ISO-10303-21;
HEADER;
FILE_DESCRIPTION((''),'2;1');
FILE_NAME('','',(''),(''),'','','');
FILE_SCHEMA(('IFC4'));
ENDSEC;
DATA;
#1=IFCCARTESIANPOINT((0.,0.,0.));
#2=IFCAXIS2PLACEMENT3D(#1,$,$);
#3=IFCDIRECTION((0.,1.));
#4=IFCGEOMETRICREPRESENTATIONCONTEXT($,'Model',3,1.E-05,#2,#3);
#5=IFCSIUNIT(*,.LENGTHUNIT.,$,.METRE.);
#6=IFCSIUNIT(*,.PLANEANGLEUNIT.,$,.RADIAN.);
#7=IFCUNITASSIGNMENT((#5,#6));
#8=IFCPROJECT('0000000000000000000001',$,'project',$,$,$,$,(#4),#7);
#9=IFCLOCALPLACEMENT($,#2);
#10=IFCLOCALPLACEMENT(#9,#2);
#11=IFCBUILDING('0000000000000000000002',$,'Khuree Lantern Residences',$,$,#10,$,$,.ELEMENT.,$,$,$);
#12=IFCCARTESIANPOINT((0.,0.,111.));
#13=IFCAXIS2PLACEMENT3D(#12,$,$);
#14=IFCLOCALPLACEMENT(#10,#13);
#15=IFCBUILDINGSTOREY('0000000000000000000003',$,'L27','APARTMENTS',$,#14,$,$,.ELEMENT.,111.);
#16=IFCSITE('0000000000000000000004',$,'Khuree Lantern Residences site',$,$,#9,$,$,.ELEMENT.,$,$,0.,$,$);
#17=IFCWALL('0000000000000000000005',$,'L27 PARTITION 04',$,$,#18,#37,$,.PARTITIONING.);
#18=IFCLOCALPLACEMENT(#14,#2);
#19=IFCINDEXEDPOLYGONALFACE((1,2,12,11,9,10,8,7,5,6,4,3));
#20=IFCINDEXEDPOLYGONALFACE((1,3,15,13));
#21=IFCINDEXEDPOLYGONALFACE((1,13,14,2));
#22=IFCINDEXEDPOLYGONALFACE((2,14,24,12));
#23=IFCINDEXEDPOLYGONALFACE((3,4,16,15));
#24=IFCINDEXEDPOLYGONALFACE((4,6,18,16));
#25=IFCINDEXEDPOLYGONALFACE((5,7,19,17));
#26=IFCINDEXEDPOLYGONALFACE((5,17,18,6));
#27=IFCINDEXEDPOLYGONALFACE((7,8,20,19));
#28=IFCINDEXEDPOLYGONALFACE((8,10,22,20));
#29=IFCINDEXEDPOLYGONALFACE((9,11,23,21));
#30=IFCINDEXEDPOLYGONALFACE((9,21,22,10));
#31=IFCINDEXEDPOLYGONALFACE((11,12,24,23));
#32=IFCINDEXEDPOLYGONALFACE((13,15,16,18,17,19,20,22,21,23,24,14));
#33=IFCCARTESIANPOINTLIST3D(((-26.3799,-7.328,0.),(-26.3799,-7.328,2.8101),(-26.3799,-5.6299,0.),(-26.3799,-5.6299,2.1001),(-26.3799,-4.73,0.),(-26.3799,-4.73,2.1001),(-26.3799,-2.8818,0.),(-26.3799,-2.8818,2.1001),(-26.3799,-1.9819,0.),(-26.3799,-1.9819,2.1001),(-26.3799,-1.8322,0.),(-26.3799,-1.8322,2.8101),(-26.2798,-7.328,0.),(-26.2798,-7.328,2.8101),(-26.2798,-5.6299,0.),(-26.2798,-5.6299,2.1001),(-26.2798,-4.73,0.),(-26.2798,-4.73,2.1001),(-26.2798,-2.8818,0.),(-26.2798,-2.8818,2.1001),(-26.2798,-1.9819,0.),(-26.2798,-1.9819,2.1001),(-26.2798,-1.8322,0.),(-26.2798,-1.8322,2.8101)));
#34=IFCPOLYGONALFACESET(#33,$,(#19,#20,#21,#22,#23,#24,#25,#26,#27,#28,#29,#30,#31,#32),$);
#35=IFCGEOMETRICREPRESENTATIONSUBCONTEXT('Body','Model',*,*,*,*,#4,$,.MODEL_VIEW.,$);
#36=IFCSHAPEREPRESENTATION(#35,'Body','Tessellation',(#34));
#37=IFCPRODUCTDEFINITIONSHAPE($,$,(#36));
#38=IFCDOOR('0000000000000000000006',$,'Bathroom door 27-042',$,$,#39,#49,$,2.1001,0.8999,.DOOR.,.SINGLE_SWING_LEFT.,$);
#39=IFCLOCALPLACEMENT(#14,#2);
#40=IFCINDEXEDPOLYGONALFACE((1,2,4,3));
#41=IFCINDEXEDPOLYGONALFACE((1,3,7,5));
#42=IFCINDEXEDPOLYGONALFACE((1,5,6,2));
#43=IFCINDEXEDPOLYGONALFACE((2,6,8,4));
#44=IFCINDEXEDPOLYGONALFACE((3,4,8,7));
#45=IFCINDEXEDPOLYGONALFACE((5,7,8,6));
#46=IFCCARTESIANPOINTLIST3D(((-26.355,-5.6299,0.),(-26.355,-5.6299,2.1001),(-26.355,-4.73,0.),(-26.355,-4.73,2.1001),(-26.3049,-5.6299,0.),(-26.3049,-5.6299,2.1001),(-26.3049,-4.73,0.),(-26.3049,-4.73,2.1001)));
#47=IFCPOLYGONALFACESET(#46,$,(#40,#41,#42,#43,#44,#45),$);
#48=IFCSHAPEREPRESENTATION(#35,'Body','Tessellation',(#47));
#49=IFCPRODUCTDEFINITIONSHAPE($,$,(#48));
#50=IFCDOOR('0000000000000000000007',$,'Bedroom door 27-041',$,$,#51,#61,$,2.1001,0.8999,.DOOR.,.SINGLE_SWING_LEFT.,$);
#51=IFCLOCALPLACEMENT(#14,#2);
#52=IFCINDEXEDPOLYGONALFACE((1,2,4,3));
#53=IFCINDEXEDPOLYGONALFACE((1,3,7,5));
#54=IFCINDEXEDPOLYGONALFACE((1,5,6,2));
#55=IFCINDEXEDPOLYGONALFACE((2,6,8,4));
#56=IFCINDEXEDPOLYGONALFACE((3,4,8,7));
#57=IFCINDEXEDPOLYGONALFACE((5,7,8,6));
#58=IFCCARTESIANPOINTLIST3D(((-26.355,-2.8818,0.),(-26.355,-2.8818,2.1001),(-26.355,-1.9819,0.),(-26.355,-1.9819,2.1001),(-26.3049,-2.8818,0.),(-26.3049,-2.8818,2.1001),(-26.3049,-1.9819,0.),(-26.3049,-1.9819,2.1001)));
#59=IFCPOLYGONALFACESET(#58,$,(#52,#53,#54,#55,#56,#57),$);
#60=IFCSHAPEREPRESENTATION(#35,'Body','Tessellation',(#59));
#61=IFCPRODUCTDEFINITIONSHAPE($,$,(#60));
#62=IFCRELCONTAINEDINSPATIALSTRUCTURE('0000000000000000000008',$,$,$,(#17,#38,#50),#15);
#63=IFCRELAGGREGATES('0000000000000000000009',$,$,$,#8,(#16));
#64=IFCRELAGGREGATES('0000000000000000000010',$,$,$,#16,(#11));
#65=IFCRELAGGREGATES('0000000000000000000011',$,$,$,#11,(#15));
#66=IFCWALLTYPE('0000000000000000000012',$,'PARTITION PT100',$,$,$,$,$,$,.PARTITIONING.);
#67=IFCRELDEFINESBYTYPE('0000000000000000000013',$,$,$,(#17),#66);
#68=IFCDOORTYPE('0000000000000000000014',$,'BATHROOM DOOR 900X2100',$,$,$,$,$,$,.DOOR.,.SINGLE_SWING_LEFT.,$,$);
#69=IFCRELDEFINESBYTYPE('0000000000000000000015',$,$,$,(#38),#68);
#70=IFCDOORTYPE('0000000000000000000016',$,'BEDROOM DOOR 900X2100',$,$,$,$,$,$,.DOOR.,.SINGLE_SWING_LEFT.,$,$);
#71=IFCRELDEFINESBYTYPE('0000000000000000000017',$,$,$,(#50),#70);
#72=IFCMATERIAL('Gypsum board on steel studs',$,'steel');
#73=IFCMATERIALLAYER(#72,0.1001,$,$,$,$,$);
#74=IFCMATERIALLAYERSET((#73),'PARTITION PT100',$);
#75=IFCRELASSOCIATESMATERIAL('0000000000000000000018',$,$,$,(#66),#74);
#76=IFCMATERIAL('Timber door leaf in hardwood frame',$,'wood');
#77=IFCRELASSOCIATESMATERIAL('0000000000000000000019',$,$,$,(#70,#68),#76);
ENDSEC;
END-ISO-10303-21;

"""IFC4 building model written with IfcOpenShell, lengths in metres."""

from ifc_helpers import new_model, si_unit, direction, frame, frame_2d, origin, place, context, subcontext, project, spatial, rectangle, extrude, material, layer, layer_set, type_object, element, fill, save


model = new_model("IFC4")

# Units and contexts
model_context = context("Model", 3, precision=1e-05, world=origin(), true_north=direction((0.0, 1.0)))
body_context = subcontext(model_context, "Body", "Model", "MODEL_VIEW")
ifc_project = project(units=[si_unit("LENGTHUNIT", "METRE"), si_unit("PLANEANGLEUNIT", "RADIAN")], contexts=[model_context])

# Site, building, storey
site_placement = place(None, origin())
site = spatial("IfcSite", under=ifc_project, at=site_placement, Name="Khuree Lantern Residences site", CompositionType="ELEMENT", RefElevation=0.0)
building_placement = place(site_placement, origin())
building = spatial("IfcBuilding", under=site, at=building_placement, Name="Khuree Lantern Residences", CompositionType="ELEMENT")
storey_placement = place(building_placement, frame((0.0, 0.0, 111.0)))
storey = spatial("IfcBuildingStorey", under=building, at=storey_placement, Name="L27", Description="APARTMENTS", CompositionType="ELEMENT", Elevation=111.0)

# Shared definitions
ifc_material_1 = material(Name="Gypsum board on steel studs", Category="steel")
ifc_layer_1 = layer(ifc_material_1, 0.1001)
ifc_layer_set_1 = layer_set([ifc_layer_1], Name="PARTITION PT100")
wall_type = type_object("IfcWallType", Name="PARTITION PT100", PredefinedType="PARTITIONING", material=ifc_layer_set_1)

# Shared definitions
ifc_material_2 = material(Name="Timber door leaf in hardwood frame", Category="wood")
door_type_1 = type_object("IfcDoorType", Name="BEDROOM DOOR 900X2100", OperationType="SINGLE_SWING_LEFT", PredefinedType="DOOR", material=ifc_material_2)

# Wall, openings, doors
wall_1_placement = place(storey_placement, frame((-26.3298, -1.832, 0.0), z_axis=(0.0, 0.0, 1.0), x_axis=(0.0, -1.0, 0.0)))
wall_1 = element("IfcWall", 1, at=wall_1_placement, inside=storey, type_object=wall_type, Name="L27 PARTITION 04", PredefinedType="PARTITIONING", context=body_context, shape_type="SweptSolid", body=[
    extrude(rectangle(XDim=5.4958, YDim=0.1001, at=frame_2d((2.748, 0.0))), origin(), (0.0, 0.0, 1.0), 2.8101),
])
opening_1_placement = place(wall_1_placement, frame((0.1499, 0.0, 0.0)))
opening_1 = element("IfcOpeningElement", 2, at=opening_1_placement, cuts=wall_1, PredefinedType="OPENING", context=body_context, shape_type="SweptSolid", body=[
    extrude(rectangle(XDim=0.8999, YDim=2.1001, at=frame_2d((0.45, 1.05))), frame((0.0, 0.0601, 0.0), z_axis=(0.0, -1.0, 0.0), x_axis=(1.0, 0.0, 0.0)), (0.0, 0.0, 1.0), 0.1201),
])
opening_2_placement = place(wall_1_placement, frame((2.8979, 0.0, 0.0)))
opening_2 = element("IfcOpeningElement", 3, at=opening_2_placement, cuts=wall_1, PredefinedType="OPENING", context=body_context, shape_type="SweptSolid", body=[
    extrude(rectangle(XDim=0.8999, YDim=2.1001, at=frame_2d((0.45, 1.05))), frame((0.0, 0.0601, 0.0), z_axis=(0.0, -1.0, 0.0), x_axis=(1.0, 0.0, 0.0)), (0.0, 0.0, 1.0), 0.1201),
])
door_type_2 = type_object("IfcDoorType", Name="BATHROOM DOOR 900X2100", OperationType="SINGLE_SWING_LEFT", PredefinedType="DOOR", material=ifc_material_2)
door_1_placement = place(opening_2_placement, origin())
door_1 = element("IfcDoor", 4, at=door_1_placement, inside=storey, type_object=door_type_2, Name="Bathroom door 27-042", OperationType="SINGLE_SWING_LEFT", OverallHeight=2.1001, OverallWidth=0.8999, PredefinedType="DOOR", context=body_context, shape_type="SweptSolid", body=[
    extrude(rectangle(XDim=0.8999, YDim=2.1001, at=frame_2d((0.45, 1.05))), frame((0.0, 0.0249, 0.0), z_axis=(0.0, -1.0, 0.0), x_axis=(1.0, 0.0, 0.0)), (0.0, 0.0, 1.0), 0.05),
])
fill(opening_2, door_1)
door_2_placement = place(opening_1_placement, origin())
door_2 = element("IfcDoor", 5, at=door_2_placement, inside=storey, type_object=door_type_1, Name="Bedroom door 27-041", OperationType="SINGLE_SWING_LEFT", OverallHeight=2.1001, OverallWidth=0.8999, PredefinedType="DOOR", context=body_context, shape_type="SweptSolid", body=[
    extrude(rectangle(XDim=0.8999, YDim=2.1001, at=frame_2d((0.45, 1.05))), frame((0.0, 0.0249, 0.0), z_axis=(0.0, -1.0, 0.0), x_axis=(1.0, 0.0, 0.0)), (0.0, 0.0, 1.0), 0.05),
])
fill(opening_1, door_2)

save(model, "model.ifc")
